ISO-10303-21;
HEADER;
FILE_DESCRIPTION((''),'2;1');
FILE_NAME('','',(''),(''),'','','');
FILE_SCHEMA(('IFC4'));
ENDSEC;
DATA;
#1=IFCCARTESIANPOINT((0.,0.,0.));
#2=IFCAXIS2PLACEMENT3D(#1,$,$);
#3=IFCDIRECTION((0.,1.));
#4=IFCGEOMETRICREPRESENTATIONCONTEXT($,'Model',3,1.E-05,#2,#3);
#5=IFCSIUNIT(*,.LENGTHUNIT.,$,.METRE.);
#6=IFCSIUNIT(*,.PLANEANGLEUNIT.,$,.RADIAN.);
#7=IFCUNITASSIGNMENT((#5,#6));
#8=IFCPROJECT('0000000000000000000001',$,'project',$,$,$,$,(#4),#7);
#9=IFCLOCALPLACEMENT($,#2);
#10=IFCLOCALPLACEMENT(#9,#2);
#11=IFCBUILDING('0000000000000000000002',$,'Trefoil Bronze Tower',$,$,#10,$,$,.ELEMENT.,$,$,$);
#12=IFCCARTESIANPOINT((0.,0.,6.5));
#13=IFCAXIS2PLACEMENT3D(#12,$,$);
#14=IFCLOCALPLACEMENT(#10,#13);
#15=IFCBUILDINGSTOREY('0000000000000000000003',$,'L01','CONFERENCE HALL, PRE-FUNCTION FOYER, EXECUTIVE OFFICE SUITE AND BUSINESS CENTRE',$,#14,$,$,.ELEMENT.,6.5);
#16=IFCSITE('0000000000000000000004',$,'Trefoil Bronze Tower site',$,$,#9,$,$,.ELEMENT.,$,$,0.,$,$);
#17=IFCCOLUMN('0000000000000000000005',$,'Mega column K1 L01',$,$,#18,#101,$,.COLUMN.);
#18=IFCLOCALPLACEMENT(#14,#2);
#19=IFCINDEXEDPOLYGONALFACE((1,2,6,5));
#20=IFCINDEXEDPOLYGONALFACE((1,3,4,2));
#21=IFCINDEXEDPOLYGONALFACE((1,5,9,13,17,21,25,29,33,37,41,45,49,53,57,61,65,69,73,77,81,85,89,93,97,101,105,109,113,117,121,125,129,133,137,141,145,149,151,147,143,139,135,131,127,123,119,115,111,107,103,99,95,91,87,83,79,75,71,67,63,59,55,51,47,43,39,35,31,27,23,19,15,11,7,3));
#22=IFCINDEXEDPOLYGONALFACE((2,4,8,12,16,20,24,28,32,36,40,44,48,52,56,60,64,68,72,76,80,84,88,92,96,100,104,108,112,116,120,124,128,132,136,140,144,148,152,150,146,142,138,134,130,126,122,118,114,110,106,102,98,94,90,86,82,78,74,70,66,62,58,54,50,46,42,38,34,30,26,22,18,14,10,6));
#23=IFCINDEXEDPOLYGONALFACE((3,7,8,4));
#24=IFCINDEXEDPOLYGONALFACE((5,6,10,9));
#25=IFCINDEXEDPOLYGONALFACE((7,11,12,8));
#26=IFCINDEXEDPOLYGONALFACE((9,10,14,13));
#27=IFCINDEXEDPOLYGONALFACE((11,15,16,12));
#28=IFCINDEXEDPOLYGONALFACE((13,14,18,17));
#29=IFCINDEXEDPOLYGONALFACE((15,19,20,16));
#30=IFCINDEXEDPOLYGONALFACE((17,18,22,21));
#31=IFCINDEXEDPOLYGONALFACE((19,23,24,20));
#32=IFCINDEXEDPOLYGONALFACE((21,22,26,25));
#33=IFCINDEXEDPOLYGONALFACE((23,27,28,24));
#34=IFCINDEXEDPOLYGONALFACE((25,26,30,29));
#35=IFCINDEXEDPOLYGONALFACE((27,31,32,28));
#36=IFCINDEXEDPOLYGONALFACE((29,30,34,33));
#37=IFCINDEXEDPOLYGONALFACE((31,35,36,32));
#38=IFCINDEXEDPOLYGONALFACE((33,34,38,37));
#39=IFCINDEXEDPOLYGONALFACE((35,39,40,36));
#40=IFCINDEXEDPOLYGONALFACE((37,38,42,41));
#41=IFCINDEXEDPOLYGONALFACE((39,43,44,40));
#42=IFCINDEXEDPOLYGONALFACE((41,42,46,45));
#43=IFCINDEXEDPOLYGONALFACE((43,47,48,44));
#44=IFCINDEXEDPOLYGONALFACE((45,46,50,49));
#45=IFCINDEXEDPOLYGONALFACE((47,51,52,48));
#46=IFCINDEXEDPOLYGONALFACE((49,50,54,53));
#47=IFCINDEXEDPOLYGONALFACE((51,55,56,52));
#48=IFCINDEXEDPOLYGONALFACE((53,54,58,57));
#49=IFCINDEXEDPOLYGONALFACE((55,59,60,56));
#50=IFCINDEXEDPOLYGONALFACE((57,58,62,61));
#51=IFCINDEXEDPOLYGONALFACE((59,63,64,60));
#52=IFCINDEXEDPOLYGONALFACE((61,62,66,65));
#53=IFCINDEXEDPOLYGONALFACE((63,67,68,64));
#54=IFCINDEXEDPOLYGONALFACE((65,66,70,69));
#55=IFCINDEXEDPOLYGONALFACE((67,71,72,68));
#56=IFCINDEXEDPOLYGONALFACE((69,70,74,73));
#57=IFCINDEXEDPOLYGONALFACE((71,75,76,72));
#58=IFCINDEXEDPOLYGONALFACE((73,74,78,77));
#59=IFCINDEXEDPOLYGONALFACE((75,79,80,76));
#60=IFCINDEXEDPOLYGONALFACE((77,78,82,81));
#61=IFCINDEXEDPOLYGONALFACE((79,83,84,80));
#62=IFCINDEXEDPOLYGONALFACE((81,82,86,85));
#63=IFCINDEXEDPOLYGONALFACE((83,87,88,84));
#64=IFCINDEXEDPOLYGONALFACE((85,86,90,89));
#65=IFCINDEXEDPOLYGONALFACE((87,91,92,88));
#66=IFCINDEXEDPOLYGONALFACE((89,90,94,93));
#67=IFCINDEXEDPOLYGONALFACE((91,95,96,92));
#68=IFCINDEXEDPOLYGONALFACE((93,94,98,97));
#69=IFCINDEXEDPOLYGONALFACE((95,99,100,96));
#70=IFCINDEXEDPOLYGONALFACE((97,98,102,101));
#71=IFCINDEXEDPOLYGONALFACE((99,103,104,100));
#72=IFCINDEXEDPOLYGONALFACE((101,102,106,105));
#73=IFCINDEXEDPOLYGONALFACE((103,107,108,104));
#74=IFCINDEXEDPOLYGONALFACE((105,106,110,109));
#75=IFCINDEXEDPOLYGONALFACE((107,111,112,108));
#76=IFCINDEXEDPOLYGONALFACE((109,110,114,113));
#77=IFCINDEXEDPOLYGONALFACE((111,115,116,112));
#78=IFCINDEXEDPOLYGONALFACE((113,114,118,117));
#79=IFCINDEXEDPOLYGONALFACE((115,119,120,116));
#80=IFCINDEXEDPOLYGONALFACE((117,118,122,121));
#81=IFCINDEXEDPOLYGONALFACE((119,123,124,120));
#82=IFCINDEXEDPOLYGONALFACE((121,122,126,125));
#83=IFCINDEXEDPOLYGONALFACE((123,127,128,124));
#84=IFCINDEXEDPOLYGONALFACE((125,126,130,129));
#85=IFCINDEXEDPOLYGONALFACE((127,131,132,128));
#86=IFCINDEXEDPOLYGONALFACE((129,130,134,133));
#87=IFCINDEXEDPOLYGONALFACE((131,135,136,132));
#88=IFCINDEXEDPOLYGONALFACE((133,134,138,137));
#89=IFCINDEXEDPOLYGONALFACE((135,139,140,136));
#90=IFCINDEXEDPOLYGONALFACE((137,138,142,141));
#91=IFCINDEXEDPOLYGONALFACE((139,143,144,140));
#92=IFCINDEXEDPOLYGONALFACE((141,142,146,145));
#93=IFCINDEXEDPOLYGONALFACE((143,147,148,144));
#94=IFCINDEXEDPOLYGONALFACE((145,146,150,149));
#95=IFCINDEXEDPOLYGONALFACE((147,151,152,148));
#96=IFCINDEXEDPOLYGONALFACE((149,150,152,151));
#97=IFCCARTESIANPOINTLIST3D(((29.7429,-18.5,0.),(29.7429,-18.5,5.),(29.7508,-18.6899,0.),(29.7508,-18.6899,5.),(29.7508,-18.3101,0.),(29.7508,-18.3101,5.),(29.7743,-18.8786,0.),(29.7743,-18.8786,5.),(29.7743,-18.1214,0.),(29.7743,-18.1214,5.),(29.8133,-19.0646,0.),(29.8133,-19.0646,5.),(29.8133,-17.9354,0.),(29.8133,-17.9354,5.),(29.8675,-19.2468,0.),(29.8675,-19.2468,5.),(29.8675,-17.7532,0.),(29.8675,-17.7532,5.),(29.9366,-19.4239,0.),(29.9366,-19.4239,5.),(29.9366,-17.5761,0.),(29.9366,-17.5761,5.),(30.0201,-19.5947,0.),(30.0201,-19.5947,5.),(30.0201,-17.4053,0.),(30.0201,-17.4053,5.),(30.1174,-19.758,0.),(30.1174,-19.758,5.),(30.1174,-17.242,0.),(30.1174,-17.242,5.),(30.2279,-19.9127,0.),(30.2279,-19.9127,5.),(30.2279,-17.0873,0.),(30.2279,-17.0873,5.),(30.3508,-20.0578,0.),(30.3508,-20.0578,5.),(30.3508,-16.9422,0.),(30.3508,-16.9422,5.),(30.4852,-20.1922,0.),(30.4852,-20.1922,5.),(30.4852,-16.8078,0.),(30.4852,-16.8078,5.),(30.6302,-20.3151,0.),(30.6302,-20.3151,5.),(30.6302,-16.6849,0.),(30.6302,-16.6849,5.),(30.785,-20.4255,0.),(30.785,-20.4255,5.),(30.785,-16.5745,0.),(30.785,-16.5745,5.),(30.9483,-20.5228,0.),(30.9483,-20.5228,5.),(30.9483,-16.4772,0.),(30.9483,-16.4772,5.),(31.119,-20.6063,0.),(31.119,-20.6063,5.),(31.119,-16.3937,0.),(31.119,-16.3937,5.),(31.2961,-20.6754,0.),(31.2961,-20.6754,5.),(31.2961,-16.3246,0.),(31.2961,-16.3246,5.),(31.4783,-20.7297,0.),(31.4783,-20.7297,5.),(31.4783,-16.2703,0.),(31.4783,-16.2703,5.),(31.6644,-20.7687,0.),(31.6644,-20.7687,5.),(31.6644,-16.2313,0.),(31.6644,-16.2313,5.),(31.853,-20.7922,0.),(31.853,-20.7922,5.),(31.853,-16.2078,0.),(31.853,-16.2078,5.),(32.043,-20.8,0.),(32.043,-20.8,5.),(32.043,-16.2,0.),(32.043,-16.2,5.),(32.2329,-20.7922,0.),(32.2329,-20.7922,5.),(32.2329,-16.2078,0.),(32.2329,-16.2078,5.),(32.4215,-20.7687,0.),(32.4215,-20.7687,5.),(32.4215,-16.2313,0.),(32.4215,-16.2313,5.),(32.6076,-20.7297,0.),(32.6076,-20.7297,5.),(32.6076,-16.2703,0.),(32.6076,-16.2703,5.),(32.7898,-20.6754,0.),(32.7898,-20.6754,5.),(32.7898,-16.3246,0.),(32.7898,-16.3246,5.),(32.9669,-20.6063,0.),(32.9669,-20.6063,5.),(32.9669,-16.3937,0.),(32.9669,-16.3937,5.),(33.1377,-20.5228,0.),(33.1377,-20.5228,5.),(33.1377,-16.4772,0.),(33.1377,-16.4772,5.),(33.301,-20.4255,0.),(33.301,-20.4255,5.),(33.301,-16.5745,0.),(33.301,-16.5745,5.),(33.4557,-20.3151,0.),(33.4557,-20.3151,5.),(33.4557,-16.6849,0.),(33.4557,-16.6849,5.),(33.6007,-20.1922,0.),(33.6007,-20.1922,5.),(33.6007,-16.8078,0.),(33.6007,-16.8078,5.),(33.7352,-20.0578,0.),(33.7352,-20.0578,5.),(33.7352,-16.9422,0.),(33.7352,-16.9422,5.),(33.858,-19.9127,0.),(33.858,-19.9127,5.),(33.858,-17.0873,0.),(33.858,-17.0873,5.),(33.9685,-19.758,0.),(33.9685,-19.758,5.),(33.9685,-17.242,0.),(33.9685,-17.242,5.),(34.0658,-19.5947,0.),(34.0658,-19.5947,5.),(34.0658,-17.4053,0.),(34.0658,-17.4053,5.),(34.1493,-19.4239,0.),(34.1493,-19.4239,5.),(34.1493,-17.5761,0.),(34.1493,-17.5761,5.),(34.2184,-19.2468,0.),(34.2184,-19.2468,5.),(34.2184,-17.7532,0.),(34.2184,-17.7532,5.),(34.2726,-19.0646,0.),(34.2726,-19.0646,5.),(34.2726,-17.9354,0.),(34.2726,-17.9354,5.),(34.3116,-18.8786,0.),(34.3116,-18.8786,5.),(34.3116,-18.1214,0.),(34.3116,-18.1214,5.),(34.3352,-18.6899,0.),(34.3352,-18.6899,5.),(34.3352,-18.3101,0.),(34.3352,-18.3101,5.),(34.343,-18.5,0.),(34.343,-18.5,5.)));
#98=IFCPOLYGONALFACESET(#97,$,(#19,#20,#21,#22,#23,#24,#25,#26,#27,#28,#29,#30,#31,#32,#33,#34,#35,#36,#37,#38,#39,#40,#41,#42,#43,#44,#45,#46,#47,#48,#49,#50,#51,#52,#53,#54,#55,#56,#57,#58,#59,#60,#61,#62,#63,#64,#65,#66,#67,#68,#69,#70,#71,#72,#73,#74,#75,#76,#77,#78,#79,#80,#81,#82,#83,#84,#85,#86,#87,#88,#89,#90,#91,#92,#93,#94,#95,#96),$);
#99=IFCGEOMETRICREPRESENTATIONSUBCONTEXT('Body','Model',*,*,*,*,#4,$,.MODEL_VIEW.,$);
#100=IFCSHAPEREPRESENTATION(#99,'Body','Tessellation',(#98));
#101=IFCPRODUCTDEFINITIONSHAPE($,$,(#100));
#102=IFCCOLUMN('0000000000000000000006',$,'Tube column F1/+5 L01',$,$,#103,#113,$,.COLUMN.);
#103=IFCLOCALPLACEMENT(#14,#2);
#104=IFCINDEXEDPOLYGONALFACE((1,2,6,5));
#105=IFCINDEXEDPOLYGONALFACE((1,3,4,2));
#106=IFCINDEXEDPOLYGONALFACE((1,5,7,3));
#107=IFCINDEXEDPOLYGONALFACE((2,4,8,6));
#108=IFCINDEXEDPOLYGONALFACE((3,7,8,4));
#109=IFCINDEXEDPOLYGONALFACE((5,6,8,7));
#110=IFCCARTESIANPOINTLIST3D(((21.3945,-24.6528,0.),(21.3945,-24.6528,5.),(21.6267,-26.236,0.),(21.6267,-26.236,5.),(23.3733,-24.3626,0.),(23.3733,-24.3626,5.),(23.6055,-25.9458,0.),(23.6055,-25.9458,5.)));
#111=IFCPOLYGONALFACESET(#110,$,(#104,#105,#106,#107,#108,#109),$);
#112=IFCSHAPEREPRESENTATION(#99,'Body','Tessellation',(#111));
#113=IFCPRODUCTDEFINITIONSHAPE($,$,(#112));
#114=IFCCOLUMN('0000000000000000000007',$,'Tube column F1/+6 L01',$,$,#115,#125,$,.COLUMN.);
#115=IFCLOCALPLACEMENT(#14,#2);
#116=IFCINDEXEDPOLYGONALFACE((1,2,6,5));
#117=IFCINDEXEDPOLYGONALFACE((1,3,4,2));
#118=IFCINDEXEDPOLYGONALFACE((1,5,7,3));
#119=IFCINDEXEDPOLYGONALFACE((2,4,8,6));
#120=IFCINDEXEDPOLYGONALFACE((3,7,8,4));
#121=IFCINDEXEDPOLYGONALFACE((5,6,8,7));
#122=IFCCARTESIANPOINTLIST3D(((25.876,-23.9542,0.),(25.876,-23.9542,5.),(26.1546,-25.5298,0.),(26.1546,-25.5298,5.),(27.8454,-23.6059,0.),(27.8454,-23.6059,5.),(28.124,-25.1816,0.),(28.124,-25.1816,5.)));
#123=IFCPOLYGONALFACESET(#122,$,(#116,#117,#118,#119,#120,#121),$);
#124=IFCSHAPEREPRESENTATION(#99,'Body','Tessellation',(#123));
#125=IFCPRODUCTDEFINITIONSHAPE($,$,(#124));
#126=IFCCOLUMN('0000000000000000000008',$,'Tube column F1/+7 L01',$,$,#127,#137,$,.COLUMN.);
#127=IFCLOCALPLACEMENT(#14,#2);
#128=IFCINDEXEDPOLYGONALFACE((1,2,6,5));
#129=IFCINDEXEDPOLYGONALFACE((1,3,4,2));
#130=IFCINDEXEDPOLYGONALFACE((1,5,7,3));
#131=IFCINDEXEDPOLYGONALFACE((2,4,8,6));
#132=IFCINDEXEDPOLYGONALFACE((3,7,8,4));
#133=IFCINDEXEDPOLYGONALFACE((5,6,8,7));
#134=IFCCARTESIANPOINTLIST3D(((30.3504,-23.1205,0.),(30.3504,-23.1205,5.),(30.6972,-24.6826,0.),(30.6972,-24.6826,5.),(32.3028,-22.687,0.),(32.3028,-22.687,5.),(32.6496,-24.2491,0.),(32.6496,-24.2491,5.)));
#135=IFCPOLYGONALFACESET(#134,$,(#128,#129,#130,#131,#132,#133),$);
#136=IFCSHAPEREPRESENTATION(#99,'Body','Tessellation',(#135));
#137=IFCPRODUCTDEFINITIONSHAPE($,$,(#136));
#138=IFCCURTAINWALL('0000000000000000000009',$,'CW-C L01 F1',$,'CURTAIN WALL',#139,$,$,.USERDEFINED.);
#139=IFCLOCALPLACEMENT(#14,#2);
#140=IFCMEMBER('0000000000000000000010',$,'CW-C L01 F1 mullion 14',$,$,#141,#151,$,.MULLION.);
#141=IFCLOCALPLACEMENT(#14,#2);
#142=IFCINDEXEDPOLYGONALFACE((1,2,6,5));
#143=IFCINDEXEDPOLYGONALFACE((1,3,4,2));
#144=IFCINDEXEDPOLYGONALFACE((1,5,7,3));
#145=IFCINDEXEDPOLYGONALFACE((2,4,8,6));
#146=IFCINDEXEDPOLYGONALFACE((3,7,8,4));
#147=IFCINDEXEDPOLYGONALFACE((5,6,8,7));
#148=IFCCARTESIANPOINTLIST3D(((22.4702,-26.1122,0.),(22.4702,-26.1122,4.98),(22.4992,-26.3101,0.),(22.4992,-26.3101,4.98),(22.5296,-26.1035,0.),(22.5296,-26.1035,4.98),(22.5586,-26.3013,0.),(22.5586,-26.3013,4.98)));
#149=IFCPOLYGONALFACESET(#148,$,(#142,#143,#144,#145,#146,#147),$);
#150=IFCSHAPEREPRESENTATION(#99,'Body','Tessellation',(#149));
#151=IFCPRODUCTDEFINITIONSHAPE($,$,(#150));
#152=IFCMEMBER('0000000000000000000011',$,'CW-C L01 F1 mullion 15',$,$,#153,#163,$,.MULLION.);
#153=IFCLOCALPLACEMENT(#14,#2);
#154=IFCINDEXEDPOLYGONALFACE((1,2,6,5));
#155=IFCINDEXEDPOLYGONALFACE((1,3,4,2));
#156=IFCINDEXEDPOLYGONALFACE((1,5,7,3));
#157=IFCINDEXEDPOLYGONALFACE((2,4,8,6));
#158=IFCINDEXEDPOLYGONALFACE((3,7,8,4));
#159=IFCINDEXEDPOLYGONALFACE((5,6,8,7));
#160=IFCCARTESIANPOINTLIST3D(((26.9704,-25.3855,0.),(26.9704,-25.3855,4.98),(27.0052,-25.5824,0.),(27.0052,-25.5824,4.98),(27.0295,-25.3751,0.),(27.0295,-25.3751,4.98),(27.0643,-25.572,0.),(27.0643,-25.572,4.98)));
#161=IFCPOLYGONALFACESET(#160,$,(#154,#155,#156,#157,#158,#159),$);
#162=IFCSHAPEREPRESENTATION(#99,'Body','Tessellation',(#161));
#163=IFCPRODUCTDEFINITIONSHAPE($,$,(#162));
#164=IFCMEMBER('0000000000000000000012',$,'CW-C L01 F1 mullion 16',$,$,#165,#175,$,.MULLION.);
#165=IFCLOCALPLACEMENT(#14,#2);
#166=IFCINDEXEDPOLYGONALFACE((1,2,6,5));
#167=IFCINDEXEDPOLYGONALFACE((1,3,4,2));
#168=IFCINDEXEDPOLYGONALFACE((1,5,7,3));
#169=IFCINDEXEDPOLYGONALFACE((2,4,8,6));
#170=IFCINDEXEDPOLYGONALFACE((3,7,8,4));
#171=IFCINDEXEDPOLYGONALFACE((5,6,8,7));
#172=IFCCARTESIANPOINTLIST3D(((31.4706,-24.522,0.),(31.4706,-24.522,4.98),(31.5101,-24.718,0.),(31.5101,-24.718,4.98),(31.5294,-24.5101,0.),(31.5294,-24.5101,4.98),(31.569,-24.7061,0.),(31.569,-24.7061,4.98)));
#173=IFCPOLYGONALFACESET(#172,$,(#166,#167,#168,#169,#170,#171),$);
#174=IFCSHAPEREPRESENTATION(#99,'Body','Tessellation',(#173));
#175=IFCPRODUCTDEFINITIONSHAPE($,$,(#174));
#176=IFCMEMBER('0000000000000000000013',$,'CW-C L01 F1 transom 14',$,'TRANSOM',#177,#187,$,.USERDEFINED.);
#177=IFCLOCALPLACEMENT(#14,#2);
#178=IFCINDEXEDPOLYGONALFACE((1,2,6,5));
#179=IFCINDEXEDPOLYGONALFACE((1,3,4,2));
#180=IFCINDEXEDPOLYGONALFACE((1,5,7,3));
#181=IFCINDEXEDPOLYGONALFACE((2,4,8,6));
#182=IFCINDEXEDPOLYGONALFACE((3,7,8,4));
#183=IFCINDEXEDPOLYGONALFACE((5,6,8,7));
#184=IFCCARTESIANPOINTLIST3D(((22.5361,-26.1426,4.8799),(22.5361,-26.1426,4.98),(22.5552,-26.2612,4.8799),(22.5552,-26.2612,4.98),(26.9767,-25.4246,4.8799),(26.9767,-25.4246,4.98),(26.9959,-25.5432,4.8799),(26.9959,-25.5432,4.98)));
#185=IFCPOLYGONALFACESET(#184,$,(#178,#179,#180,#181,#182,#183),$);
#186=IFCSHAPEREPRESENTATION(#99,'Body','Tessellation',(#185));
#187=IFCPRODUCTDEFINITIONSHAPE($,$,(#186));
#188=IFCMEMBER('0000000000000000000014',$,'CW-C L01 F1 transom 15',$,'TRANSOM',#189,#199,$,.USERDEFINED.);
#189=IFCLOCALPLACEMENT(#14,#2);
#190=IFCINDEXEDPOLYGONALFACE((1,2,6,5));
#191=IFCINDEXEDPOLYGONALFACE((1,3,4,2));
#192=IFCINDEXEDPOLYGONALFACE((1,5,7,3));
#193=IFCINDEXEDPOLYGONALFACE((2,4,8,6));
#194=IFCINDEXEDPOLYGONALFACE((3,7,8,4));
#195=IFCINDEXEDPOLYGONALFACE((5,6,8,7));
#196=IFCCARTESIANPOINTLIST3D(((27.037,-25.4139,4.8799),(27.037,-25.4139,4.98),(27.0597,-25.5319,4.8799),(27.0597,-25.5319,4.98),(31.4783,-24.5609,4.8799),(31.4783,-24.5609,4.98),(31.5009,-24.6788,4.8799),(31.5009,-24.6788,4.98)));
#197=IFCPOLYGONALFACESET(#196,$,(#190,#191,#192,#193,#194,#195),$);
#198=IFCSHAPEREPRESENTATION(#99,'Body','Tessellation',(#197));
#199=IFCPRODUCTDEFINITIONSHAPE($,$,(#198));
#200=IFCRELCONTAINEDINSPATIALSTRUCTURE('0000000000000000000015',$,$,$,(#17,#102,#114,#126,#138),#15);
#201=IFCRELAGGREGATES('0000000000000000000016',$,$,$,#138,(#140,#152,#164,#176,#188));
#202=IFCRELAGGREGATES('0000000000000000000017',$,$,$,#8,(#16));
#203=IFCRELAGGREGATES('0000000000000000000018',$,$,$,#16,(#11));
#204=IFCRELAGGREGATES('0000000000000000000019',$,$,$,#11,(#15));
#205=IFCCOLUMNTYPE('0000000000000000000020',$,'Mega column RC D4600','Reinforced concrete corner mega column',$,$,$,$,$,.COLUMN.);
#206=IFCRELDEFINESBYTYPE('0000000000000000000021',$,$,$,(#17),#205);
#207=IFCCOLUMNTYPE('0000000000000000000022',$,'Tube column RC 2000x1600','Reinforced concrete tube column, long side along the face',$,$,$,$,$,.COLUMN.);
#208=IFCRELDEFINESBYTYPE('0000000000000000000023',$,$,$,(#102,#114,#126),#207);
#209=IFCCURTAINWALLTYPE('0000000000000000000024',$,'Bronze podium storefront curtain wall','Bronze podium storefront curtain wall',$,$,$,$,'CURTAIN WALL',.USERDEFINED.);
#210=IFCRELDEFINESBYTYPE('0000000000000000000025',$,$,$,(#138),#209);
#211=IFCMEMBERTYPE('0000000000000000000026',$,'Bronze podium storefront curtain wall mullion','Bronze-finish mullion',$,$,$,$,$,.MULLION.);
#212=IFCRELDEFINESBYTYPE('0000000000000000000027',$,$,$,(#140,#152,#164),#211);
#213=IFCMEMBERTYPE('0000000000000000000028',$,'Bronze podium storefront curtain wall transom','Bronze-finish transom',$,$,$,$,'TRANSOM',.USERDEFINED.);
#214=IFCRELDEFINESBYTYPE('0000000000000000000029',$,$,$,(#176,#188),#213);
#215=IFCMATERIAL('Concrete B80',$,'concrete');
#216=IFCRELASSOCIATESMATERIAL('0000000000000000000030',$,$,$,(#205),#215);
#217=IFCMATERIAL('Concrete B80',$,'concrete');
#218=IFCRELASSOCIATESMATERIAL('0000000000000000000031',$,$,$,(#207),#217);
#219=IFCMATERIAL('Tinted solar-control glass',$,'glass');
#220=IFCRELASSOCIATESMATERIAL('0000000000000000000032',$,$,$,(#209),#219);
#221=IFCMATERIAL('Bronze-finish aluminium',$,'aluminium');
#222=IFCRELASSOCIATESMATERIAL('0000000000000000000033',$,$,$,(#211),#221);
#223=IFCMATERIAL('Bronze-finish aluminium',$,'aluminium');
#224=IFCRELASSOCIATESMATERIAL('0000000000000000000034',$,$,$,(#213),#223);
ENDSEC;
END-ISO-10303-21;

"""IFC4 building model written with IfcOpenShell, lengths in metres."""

from ifc_helpers import new_model, si_unit, direction, frame, origin, origin_2d, place, context, subcontext, project, spatial, rectangle, circle, extrude, material, material_profile, profile_set, type_object, element, aggregate, save


model = new_model("IFC4")

# Units and contexts
model_context = context("Model", 3, precision=1e-05, world=origin(), true_north=direction((0.0, 1.0)))
body_context = subcontext(model_context, "Body", "Model", "MODEL_VIEW")
ifc_project = project(units=[si_unit("LENGTHUNIT", "METRE"), si_unit("PLANEANGLEUNIT", "RADIAN")], contexts=[model_context])

# Site, building, storey
site_placement = place(None, origin())
site = spatial("IfcSite", under=ifc_project, at=site_placement, Name="Trefoil Bronze Tower site", CompositionType="ELEMENT", RefElevation=0.0)
building_placement = place(site_placement, origin())
building = spatial("IfcBuilding", under=site, at=building_placement, Name="Trefoil Bronze Tower", CompositionType="ELEMENT")
storey_placement = place(building_placement, frame((0.0, 0.0, 6.5)))
storey = spatial("IfcBuildingStorey", under=building, at=storey_placement, Name="L01", Description="CONFERENCE HALL, PRE-FUNCTION FOYER, EXECUTIVE OFFICE SUITE AND BUSINESS CENTRE", CompositionType="ELEMENT", Elevation=6.5)

# Columns
ifc_material_1 = material(Name="Concrete B80", Category="concrete")
ifc_material_profile_1 = material_profile(ifc_material_1, circle(Radius=2.3, at=origin_2d()), Name="RC D4600")
ifc_profile_set_1 = profile_set([ifc_material_profile_1], Name="Concrete B80")
column_type_1 = type_object("IfcColumnType", Name="Mega column RC D4600", Description="Reinforced concrete corner mega column", PredefinedType="COLUMN", material=ifc_profile_set_1)
column_placement = place(storey_placement, frame((32.043, -18.5, 0.0), z_axis=(0.0, 0.0, 1.0), x_axis=(1.0, 0.0, 0.0)))
element("IfcColumn", 1, at=column_placement, inside=storey, type_object=column_type_1, Name="Mega column K1 L01", PredefinedType="COLUMN", context=body_context, shape_type="SweptSolid", body=[
    extrude(circle(Radius=2.3, at=origin_2d()), origin(), (0.0, 0.0, 1.0), 5.0),
])
ifc_material_2 = material(Name="Concrete B80", Category="concrete")
ifc_material_profile_2 = material_profile(ifc_material_2, rectangle(XDim=2.0, YDim=1.6001, at=origin_2d()), Name="RC 2000x1600")
ifc_profile_set_2 = profile_set([ifc_material_profile_2], Name="Concrete B80")
column_type_2 = type_object("IfcColumnType", Name="Tube column RC 2000x1600", Description="Reinforced concrete tube column, long side along the face", PredefinedType="COLUMN", material=ifc_profile_set_2)
for number, where, z_axis, x_axis, name in (
    (2, (22.5, -25.2993, 0.0), (0.0, 0.0, 1.0), (0.989416, 0.145109, 0.0), "Tube column F1/+5 L01"),
    (3, (27.0, -24.5679, 0.0), (0.0, 0.0, 1.0), (0.984722, 0.174131, 0.0), "Tube column F1/+6 L01"),
    (4, (31.5, -23.6848, 0.0), (0.0, 0.0, 1.0), (0.97623, 0.216739, 0.0), "Tube column F1/+7 L01"),
):
    element("IfcColumn", number, at=place(storey_placement, frame(where, z_axis=z_axis, x_axis=x_axis)), inside=storey, type_object=column_type_2, Name=name, PredefinedType="COLUMN", context=body_context, shape_type="SweptSolid", body=[
        extrude(rectangle(XDim=2.0, YDim=1.6001, at=origin_2d()), origin(), (0.0, 0.0, 1.0), 5.0),
    ])

# Curtain wall, members
ifc_material_3 = material(Name="Tinted solar-control glass", Category="glass")
curtain_wall_type_1 = type_object("IfcCurtainWallType", Name="Bronze podium storefront curtain wall", Description="Bronze podium storefront curtain wall", ElementType="CURTAIN WALL", PredefinedType="USERDEFINED", material=ifc_material_3)
curtain_wall_1_placement = place(storey_placement, origin())
curtain_wall_1 = element("IfcCurtainWall", 5, at=curtain_wall_1_placement, inside=storey, type_object=curtain_wall_type_1, Name="CW-C L01 F1", ObjectType="CURTAIN WALL", PredefinedType="USERDEFINED")
ifc_material_4 = material(Name="Bronze-finish aluminium", Category="aluminium")
ifc_material_profile_3 = material_profile(ifc_material_4, rectangle(XDim=0.2, YDim=0.0601, at=origin_2d()), Name="CW-C mullion")
ifc_profile_set_3 = profile_set([ifc_material_profile_3], Name="Bronze-finish aluminium")
member_type_1 = type_object("IfcMemberType", Name="Bronze podium storefront curtain wall mullion", Description="Bronze-finish mullion", PredefinedType="MULLION", material=ifc_profile_set_3)
member_1_placement = place(storey_placement, frame((22.5144, -26.2068, 0.0), z_axis=(0.0, 0.0, 1.0), x_axis=(-0.145109, 0.989416, 0.0)))
member_1 = element("IfcMember", 6, at=member_1_placement, type_object=member_type_1, Name="CW-C L01 F1 mullion 14", PredefinedType="MULLION", context=body_context, shape_type="SweptSolid", body=[
    extrude(rectangle(XDim=0.2, YDim=0.0601, at=origin_2d()), origin(), (0.0, 0.0, 1.0), 4.98),
])
member_2_placement = place(storey_placement, frame((27.0173, -25.4788, 0.0), z_axis=(0.0, 0.0, 1.0), x_axis=(-0.174131, 0.984722, 0.0)))
member_2 = element("IfcMember", 7, at=member_2_placement, type_object=member_type_1, Name="CW-C L01 F1 mullion 15", PredefinedType="MULLION", context=body_context, shape_type="SweptSolid", body=[
    extrude(rectangle(XDim=0.2, YDim=0.0601, at=origin_2d()), origin(), (0.0, 0.0, 1.0), 4.98),
])
member_3_placement = place(storey_placement, frame((31.5198, -24.614, 0.0), z_axis=(0.0, 0.0, 1.0), x_axis=(-0.19791, 0.98022, 0.0)))
member_3 = element("IfcMember", 8, at=member_3_placement, type_object=member_type_1, Name="CW-C L01 F1 mullion 16", PredefinedType="MULLION", context=body_context, shape_type="SweptSolid", body=[
    extrude(rectangle(XDim=0.2, YDim=0.0601, at=origin_2d()), origin(), (0.0, 0.0, 1.0), 4.98),
])
ifc_material_5 = material(Name="Bronze-finish aluminium", Category="aluminium")
ifc_material_profile_4 = material_profile(ifc_material_5, rectangle(XDim=0.1201, YDim=0.1001, at=origin_2d()), Name="CW-C transom")
ifc_profile_set_4 = profile_set([ifc_material_profile_4], Name="Bronze-finish aluminium")
member_type_2 = type_object("IfcMemberType", Name="Bronze podium storefront curtain wall transom", Description="Bronze-finish transom", ElementType="TRANSOM", PredefinedType="USERDEFINED", material=ifc_profile_set_4)
member_4_placement = place(storey_placement, frame((22.5457, -26.2019, 4.9299), z_axis=(0.987179, 0.159618, 0.0), x_axis=(-0.159618, 0.987179, 0.0)))
member_4 = element("IfcMember", 9, at=member_4_placement, type_object=member_type_2, Name="CW-C L01 F1 transom 14", ObjectType="TRANSOM", PredefinedType="USERDEFINED", context=body_context, shape_type="SweptSolid", body=[
    extrude(rectangle(XDim=0.1201, YDim=0.1001, at=origin_2d()), origin(), (0.0, 0.0, 1.0), 4.4983),
])
member_5_placement = place(storey_placement, frame((27.0483, -25.4729, 4.9299), z_axis=(0.982049, 0.188625, 0.0), x_axis=(-0.188625, 0.982049, 0.0)))
member_5 = element("IfcMember", 10, at=member_5_placement, type_object=member_type_2, Name="CW-C L01 F1 transom 15", ObjectType="TRANSOM", PredefinedType="USERDEFINED", context=body_context, shape_type="SweptSolid", body=[
    extrude(rectangle(XDim=0.1201, YDim=0.1001, at=origin_2d()), origin(), (0.0, 0.0, 1.0), 4.5225),
])

aggregate(curtain_wall_1, [member_1, member_2, member_3, member_4, member_5])

save(model, "model.ifc")
